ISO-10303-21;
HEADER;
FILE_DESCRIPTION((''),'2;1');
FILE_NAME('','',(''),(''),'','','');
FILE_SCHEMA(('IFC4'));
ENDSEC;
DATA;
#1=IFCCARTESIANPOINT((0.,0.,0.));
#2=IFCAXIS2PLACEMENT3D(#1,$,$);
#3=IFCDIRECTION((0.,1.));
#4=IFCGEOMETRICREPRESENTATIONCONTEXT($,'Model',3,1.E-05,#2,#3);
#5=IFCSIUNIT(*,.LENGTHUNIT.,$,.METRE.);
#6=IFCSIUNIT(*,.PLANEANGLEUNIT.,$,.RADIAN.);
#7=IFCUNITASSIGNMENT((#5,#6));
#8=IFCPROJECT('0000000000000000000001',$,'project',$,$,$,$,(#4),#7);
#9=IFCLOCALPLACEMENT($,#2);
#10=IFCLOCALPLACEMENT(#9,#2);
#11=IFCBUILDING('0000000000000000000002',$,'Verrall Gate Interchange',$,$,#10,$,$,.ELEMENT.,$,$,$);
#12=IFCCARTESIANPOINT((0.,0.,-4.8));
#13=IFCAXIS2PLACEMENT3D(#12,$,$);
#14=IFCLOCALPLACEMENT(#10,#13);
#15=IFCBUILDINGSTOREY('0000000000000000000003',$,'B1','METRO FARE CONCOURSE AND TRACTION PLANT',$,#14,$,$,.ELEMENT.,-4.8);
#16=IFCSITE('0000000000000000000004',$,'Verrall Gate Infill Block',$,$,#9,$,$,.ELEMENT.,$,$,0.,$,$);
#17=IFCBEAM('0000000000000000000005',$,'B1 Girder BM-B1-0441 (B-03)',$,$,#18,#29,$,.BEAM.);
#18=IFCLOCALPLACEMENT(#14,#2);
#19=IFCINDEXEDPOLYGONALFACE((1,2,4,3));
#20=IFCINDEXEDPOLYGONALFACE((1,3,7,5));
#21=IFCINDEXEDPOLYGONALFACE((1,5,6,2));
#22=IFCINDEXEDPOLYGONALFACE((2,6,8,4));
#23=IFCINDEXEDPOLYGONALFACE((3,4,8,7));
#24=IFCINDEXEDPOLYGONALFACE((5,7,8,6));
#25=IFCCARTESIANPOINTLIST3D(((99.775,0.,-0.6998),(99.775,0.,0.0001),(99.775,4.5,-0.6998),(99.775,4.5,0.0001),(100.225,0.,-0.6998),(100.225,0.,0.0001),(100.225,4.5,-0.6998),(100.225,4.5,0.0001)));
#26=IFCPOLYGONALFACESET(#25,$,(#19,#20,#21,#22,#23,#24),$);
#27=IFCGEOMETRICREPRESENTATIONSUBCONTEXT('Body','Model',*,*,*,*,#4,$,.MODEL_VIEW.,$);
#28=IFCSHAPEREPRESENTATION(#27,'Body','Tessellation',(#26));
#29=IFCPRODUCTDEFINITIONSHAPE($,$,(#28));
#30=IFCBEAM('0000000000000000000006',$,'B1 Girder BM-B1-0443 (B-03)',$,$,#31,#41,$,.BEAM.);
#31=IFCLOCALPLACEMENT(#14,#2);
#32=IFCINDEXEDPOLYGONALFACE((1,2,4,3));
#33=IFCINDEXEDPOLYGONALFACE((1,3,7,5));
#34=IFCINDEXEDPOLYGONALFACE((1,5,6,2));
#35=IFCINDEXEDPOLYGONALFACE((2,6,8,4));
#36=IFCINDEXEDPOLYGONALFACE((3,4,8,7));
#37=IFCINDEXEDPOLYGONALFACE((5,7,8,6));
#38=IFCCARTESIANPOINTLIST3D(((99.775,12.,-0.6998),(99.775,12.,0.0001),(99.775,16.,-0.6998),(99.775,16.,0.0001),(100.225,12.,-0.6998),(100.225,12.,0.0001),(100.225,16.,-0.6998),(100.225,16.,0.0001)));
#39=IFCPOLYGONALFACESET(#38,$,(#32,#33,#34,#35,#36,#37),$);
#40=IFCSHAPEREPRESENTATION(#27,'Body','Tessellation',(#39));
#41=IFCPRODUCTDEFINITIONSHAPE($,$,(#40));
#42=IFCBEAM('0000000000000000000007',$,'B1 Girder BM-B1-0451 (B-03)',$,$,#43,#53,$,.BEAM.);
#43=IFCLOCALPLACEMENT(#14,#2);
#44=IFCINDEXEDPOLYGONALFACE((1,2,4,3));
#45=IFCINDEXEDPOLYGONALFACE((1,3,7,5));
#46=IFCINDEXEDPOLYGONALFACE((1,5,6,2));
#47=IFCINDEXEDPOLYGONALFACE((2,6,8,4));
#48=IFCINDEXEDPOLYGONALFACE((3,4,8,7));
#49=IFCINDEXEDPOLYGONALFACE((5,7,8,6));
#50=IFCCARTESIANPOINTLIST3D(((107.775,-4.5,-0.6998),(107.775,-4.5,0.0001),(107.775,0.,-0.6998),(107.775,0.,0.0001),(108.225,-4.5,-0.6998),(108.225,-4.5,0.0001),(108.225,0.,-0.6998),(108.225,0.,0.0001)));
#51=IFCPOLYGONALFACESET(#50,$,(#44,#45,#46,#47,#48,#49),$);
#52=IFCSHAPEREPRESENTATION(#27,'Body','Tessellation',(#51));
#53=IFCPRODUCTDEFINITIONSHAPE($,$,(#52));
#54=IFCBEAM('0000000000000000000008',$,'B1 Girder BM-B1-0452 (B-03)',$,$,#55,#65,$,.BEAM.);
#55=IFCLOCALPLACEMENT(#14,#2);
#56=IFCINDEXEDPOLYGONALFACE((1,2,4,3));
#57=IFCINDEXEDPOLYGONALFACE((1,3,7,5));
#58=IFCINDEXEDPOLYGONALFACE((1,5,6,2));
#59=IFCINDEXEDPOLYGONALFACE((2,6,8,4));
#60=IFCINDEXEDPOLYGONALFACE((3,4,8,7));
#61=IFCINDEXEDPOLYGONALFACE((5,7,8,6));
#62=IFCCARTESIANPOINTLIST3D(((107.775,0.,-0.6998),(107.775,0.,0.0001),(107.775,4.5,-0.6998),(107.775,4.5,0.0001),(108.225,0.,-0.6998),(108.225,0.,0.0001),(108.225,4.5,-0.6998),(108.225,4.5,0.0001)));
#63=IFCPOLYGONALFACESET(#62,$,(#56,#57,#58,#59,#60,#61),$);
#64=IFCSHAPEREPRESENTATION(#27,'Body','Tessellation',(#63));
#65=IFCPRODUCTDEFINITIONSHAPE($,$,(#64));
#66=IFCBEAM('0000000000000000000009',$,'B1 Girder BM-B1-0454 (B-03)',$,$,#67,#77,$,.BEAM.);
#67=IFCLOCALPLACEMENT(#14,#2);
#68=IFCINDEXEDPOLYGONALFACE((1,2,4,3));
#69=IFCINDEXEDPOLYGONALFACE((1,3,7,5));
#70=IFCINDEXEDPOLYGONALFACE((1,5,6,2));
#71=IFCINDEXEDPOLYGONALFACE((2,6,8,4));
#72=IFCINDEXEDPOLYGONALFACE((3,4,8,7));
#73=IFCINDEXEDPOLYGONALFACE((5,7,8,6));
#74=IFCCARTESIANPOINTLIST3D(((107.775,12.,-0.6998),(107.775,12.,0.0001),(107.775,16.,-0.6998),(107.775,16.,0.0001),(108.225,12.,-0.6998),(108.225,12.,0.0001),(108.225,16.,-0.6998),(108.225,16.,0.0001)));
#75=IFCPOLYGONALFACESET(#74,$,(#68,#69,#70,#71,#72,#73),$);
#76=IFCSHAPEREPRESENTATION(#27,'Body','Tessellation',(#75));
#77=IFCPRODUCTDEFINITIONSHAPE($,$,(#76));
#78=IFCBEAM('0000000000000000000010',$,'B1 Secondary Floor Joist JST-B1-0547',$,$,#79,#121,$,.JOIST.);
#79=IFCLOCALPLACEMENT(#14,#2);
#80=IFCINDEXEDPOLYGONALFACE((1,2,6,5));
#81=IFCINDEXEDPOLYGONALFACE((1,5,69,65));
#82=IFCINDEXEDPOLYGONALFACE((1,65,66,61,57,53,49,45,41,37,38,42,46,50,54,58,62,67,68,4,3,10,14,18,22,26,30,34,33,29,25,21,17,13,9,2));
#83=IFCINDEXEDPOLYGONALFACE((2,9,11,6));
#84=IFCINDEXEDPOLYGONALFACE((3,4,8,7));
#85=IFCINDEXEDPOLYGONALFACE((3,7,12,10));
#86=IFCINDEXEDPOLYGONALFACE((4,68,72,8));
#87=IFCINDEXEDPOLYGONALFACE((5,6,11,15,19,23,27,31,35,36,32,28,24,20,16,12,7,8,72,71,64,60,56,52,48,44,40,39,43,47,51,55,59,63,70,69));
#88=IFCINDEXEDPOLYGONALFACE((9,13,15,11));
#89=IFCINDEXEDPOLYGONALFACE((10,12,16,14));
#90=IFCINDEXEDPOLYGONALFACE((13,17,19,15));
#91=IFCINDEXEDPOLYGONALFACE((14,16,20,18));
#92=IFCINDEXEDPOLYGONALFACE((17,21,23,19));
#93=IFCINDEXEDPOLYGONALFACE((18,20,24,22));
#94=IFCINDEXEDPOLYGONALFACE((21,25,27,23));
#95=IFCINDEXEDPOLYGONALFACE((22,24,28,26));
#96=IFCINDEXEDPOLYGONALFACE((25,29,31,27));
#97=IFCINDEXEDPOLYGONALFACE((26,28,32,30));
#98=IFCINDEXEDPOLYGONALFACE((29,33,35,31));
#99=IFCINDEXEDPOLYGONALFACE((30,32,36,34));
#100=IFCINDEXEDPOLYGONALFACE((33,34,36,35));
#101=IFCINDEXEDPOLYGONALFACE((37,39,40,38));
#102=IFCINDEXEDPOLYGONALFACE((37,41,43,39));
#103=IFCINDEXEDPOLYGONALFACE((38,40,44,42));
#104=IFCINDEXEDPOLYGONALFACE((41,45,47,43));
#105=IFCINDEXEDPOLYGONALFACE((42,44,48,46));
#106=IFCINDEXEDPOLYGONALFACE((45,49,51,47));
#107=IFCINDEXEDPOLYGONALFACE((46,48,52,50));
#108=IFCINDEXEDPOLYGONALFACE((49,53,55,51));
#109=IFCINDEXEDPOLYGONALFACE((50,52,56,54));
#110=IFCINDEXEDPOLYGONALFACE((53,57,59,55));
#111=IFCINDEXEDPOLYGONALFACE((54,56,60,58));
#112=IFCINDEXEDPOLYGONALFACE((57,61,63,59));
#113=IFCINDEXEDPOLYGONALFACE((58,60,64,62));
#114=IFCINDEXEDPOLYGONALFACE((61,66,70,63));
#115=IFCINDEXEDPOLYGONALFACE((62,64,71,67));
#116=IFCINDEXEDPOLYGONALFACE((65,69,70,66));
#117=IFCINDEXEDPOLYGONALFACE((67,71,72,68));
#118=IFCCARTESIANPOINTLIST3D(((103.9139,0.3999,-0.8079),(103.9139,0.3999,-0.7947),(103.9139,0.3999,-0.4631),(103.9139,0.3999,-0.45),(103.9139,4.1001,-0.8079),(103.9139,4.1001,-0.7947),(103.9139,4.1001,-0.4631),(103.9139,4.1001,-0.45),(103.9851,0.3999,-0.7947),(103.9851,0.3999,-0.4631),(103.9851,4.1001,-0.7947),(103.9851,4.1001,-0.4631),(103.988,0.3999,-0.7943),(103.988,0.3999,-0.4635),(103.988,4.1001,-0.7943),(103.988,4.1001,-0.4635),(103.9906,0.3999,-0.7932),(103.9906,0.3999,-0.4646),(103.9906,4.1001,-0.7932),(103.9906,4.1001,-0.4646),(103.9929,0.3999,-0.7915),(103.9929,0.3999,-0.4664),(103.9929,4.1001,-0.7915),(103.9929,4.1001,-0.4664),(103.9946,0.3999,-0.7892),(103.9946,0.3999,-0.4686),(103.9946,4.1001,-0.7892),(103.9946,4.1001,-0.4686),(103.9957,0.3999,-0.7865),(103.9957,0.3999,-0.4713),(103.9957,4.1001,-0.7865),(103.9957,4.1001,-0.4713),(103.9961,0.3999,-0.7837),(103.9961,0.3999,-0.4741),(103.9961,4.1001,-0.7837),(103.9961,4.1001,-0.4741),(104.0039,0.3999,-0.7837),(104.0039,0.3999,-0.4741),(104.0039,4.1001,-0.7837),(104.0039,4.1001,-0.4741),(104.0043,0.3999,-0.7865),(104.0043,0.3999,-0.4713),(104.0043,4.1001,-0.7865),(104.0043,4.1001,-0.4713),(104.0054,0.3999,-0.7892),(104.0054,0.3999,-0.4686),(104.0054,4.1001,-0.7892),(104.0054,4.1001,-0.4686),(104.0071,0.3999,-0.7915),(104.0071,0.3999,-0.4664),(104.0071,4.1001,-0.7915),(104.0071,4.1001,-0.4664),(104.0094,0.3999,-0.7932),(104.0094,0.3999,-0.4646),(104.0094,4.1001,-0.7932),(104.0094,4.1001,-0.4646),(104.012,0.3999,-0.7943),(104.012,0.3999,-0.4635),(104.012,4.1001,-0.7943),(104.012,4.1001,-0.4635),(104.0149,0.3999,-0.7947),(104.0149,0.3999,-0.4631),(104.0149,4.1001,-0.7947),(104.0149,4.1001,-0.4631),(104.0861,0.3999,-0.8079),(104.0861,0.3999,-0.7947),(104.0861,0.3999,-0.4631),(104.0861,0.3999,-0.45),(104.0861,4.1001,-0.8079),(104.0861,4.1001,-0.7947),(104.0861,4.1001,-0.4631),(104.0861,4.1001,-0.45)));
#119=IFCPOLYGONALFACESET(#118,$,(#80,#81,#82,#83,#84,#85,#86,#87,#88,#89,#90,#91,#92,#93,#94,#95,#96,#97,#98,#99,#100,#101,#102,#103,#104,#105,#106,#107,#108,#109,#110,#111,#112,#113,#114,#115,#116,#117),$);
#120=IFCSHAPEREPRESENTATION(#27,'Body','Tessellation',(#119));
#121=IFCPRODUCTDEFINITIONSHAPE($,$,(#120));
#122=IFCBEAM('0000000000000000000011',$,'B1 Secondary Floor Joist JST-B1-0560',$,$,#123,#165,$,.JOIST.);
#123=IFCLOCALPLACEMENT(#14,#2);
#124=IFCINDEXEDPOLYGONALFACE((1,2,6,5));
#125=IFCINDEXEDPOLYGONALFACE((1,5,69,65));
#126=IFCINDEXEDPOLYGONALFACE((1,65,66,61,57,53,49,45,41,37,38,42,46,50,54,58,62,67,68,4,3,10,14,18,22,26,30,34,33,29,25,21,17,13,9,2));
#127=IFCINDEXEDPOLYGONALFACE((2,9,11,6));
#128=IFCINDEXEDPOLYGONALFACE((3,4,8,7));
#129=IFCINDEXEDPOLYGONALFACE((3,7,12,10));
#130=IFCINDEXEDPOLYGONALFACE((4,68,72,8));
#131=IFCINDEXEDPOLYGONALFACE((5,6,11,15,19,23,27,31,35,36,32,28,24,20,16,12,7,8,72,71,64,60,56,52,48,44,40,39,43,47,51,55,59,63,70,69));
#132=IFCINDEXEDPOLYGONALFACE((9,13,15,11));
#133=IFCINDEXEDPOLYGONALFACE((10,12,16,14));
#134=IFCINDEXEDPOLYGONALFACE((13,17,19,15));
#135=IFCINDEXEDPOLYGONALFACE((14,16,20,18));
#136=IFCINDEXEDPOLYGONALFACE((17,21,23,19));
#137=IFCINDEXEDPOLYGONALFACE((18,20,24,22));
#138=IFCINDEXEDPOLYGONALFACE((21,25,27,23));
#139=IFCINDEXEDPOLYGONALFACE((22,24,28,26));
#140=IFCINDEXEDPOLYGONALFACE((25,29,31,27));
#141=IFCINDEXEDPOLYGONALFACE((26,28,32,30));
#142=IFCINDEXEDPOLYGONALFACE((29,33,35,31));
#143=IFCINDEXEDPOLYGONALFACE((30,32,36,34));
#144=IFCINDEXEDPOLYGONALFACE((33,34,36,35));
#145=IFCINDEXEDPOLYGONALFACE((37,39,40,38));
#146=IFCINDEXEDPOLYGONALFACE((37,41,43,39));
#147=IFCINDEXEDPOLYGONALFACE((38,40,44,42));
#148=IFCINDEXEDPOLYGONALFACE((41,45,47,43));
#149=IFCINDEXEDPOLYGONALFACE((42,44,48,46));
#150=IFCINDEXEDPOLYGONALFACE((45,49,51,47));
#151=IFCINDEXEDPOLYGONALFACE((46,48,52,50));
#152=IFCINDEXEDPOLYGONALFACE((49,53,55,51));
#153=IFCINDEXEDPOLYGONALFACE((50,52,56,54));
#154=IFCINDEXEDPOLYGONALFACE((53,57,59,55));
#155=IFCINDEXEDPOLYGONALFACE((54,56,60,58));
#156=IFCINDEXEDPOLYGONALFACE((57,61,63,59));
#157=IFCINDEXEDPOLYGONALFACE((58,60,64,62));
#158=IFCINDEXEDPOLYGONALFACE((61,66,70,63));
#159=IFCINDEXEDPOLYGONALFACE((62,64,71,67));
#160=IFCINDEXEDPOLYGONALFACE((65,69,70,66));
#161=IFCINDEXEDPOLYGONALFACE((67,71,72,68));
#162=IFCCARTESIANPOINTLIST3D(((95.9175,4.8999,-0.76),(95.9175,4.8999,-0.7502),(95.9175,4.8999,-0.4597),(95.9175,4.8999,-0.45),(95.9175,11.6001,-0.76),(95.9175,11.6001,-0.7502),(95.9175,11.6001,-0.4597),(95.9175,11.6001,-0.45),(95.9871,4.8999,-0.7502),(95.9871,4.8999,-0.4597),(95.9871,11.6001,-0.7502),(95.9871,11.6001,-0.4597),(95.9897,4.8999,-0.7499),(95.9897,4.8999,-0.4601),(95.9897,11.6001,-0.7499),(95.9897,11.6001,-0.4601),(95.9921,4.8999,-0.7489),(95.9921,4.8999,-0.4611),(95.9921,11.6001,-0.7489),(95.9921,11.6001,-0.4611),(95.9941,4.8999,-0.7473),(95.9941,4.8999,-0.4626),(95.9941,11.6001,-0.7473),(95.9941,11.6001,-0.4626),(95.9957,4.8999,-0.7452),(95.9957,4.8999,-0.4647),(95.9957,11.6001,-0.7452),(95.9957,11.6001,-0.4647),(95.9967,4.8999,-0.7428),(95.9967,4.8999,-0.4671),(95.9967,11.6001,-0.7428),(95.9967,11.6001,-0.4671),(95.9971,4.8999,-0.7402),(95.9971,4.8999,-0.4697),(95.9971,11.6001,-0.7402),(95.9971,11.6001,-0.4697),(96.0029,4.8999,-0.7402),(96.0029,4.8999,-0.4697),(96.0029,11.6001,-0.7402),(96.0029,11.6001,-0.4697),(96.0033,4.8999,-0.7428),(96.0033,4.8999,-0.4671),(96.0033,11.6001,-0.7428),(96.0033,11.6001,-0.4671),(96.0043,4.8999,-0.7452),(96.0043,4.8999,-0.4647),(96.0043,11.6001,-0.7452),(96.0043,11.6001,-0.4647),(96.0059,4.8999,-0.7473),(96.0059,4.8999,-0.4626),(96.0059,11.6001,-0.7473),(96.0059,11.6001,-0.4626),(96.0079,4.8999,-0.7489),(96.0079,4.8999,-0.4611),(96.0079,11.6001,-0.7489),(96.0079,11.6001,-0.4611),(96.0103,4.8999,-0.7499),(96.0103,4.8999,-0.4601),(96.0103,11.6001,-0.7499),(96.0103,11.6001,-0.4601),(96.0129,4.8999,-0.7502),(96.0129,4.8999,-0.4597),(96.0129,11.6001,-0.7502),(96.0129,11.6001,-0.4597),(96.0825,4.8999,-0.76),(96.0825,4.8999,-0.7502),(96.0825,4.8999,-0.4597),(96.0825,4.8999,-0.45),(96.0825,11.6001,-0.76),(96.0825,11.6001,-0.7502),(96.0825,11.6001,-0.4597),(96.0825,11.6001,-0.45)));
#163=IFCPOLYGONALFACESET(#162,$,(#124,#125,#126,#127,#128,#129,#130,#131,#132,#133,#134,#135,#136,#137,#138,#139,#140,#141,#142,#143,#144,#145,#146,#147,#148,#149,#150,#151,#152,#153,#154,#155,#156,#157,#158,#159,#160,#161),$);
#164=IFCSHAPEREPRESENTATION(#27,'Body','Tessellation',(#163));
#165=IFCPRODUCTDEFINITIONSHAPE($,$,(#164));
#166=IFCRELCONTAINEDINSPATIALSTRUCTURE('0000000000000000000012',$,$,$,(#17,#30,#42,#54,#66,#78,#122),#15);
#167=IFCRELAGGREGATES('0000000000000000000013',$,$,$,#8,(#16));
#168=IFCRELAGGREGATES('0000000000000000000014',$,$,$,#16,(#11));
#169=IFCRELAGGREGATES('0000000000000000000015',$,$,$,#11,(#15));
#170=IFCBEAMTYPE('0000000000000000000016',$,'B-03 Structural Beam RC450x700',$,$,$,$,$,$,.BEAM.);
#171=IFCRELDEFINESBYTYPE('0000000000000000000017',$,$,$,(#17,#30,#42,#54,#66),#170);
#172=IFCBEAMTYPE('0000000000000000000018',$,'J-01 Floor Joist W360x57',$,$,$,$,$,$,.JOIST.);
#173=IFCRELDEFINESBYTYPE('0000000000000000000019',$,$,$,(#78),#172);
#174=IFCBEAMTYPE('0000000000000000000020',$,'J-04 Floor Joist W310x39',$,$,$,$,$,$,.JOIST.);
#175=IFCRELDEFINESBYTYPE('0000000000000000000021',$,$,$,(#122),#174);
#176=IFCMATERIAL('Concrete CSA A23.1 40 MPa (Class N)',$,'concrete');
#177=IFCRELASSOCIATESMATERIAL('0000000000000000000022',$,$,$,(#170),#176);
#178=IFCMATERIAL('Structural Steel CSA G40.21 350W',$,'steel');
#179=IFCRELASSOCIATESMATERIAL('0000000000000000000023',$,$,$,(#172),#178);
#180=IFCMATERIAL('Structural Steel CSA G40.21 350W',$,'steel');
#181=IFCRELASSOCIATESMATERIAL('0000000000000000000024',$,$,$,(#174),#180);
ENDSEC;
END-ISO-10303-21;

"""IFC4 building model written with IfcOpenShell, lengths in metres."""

from ifc_helpers import new_model, si_unit, direction, frame, origin, origin_2d, place, context, subcontext, project, spatial, rectangle, i_section, extrude, material, material_profile, profile_set, type_object, element, save


model = new_model("IFC4")

# Units and contexts
model_context = context("Model", 3, precision=1e-05, world=origin(), true_north=direction((0.0, 1.0)))
body_context = subcontext(model_context, "Body", "Model", "MODEL_VIEW")
ifc_project = project(units=[si_unit("LENGTHUNIT", "METRE"), si_unit("PLANEANGLEUNIT", "RADIAN")], contexts=[model_context])

# Site, building, storey
site_placement = place(None, origin())
site = spatial("IfcSite", under=ifc_project, at=site_placement, Name="Verrall Gate Infill Block", CompositionType="ELEMENT", RefElevation=0.0)
building_placement = place(site_placement, origin())
building = spatial("IfcBuilding", under=site, at=building_placement, Name="Verrall Gate Interchange", CompositionType="ELEMENT")
storey_placement = place(building_placement, frame((0.0, 0.0, -4.8)))
storey = spatial("IfcBuildingStorey", under=building, at=storey_placement, Name="B1", Description="METRO FARE CONCOURSE AND TRACTION PLANT", CompositionType="ELEMENT", Elevation=-4.8)

# Beams
ifc_material_1 = material(Name="Concrete CSA A23.1 40 MPa (Class N)", Category="concrete")
ifc_material_profile_1 = material_profile(ifc_material_1, rectangle(XDim=0.45, YDim=0.7, at=origin_2d()), Name="RC450x700")
ifc_profile_set_1 = profile_set([ifc_material_profile_1], Name="Concrete CSA A23.1 40 MPa (Class N)")
beam_type_1 = type_object("IfcBeamType", Name="B-03 Structural Beam RC450x700", PredefinedType="BEAM", material=ifc_profile_set_1)
for number, where, z_axis, x_axis, name in (
    (1, (100.0, 0.0, -0.3499), (0.0, 1.0, 0.0), (-1.0, 0.0, 0.0), "B1 Girder BM-B1-0441 (B-03)"),
):
    element("IfcBeam", number, at=place(storey_placement, frame(where, z_axis=z_axis, x_axis=x_axis)), inside=storey, type_object=beam_type_1, Name=name, PredefinedType="BEAM", context=body_context, shape_type="SweptSolid", body=[
        extrude(rectangle(XDim=0.45, YDim=0.7, at=origin_2d()), origin(), (0.0, 0.0, 1.0), 4.5),
    ])
beam_1_placement = place(storey_placement, frame((100.0, 12.0, -0.3499), z_axis=(0.0, 1.0, 0.0), x_axis=(-1.0, 0.0, 0.0)))
element("IfcBeam", 2, at=beam_1_placement, inside=storey, type_object=beam_type_1, Name="B1 Girder BM-B1-0443 (B-03)", PredefinedType="BEAM", context=body_context, shape_type="SweptSolid", body=[
    extrude(rectangle(XDim=0.45, YDim=0.7, at=origin_2d()), origin(), (0.0, 0.0, 1.0), 4.0),
])
for number, where, z_axis, x_axis, name in (
    (3, (108.0, -4.5, -0.3499), (0.0, 1.0, 0.0), (-1.0, 0.0, 0.0), "B1 Girder BM-B1-0451 (B-03)"),
    (4, (108.0, 0.0, -0.3499), (0.0, 1.0, 0.0), (-1.0, 0.0, 0.0), "B1 Girder BM-B1-0452 (B-03)"),
):
    element("IfcBeam", number, at=place(storey_placement, frame(where, z_axis=z_axis, x_axis=x_axis)), inside=storey, type_object=beam_type_1, Name=name, PredefinedType="BEAM", context=body_context, shape_type="SweptSolid", body=[
        extrude(rectangle(XDim=0.45, YDim=0.7, at=origin_2d()), origin(), (0.0, 0.0, 1.0), 4.5),
    ])
beam_2_placement = place(storey_placement, frame((108.0, 12.0, -0.3499), z_axis=(0.0, 1.0, 0.0), x_axis=(-1.0, 0.0, 0.0)))
element("IfcBeam", 5, at=beam_2_placement, inside=storey, type_object=beam_type_1, Name="B1 Girder BM-B1-0454 (B-03)", PredefinedType="BEAM", context=body_context, shape_type="SweptSolid", body=[
    extrude(rectangle(XDim=0.45, YDim=0.7, at=origin_2d()), origin(), (0.0, 0.0, 1.0), 4.0),
])
ifc_material_2 = material(Name="Structural Steel CSA G40.21 350W", Category="steel")
ifc_material_profile_2 = material_profile(ifc_material_2, i_section(OverallWidth=0.1721, OverallDepth=0.3579, WebThickness=0.0078, FlangeThickness=0.0132, FilletRadius=0.011, at=origin_2d()), Name="W360x57")
ifc_profile_set_2 = profile_set([ifc_material_profile_2], Name="Structural Steel CSA G40.21 350W")
beam_type_2 = type_object("IfcBeamType", Name="J-01 Floor Joist W360x57", PredefinedType="JOIST", material=ifc_profile_set_2)
beam_3_placement = place(storey_placement, frame((104.0, 0.3999, -0.6289), z_axis=(0.0, 1.0, 0.0), x_axis=(-1.0, 0.0, 0.0)))
element("IfcBeam", 6, at=beam_3_placement, inside=storey, type_object=beam_type_2, Name="B1 Secondary Floor Joist JST-B1-0547", PredefinedType="JOIST", context=body_context, shape_type="SweptSolid", body=[
    extrude(i_section(OverallWidth=0.1721, OverallDepth=0.3579, WebThickness=0.0078, FlangeThickness=0.0132, FilletRadius=0.011, at=origin_2d()), origin(), (0.0, 0.0, 1.0), 3.7002),
])
ifc_material_3 = material(Name="Structural Steel CSA G40.21 350W", Category="steel")
ifc_material_profile_3 = material_profile(ifc_material_3, i_section(OverallWidth=0.165, OverallDepth=0.3101, WebThickness=0.0059, FlangeThickness=0.0098, FilletRadius=0.01, at=origin_2d()), Name="W310x39")
ifc_profile_set_3 = profile_set([ifc_material_profile_3], Name="Structural Steel CSA G40.21 350W")
beam_type_3 = type_object("IfcBeamType", Name="J-04 Floor Joist W310x39", PredefinedType="JOIST", material=ifc_profile_set_3)
beam_4_placement = place(storey_placement, frame((96.0, 4.8999, -0.605), z_axis=(0.0, 1.0, 0.0), x_axis=(-1.0, 0.0, 0.0)))
element("IfcBeam", 7, at=beam_4_placement, inside=storey, type_object=beam_type_3, Name="B1 Secondary Floor Joist JST-B1-0560", PredefinedType="JOIST", context=body_context, shape_type="SweptSolid", body=[
    extrude(i_section(OverallWidth=0.165, OverallDepth=0.3101, WebThickness=0.0059, FlangeThickness=0.0098, FilletRadius=0.01, at=origin_2d()), origin(), (0.0, 0.0, 1.0), 6.7002),
])

save(model, "model.ifc")
